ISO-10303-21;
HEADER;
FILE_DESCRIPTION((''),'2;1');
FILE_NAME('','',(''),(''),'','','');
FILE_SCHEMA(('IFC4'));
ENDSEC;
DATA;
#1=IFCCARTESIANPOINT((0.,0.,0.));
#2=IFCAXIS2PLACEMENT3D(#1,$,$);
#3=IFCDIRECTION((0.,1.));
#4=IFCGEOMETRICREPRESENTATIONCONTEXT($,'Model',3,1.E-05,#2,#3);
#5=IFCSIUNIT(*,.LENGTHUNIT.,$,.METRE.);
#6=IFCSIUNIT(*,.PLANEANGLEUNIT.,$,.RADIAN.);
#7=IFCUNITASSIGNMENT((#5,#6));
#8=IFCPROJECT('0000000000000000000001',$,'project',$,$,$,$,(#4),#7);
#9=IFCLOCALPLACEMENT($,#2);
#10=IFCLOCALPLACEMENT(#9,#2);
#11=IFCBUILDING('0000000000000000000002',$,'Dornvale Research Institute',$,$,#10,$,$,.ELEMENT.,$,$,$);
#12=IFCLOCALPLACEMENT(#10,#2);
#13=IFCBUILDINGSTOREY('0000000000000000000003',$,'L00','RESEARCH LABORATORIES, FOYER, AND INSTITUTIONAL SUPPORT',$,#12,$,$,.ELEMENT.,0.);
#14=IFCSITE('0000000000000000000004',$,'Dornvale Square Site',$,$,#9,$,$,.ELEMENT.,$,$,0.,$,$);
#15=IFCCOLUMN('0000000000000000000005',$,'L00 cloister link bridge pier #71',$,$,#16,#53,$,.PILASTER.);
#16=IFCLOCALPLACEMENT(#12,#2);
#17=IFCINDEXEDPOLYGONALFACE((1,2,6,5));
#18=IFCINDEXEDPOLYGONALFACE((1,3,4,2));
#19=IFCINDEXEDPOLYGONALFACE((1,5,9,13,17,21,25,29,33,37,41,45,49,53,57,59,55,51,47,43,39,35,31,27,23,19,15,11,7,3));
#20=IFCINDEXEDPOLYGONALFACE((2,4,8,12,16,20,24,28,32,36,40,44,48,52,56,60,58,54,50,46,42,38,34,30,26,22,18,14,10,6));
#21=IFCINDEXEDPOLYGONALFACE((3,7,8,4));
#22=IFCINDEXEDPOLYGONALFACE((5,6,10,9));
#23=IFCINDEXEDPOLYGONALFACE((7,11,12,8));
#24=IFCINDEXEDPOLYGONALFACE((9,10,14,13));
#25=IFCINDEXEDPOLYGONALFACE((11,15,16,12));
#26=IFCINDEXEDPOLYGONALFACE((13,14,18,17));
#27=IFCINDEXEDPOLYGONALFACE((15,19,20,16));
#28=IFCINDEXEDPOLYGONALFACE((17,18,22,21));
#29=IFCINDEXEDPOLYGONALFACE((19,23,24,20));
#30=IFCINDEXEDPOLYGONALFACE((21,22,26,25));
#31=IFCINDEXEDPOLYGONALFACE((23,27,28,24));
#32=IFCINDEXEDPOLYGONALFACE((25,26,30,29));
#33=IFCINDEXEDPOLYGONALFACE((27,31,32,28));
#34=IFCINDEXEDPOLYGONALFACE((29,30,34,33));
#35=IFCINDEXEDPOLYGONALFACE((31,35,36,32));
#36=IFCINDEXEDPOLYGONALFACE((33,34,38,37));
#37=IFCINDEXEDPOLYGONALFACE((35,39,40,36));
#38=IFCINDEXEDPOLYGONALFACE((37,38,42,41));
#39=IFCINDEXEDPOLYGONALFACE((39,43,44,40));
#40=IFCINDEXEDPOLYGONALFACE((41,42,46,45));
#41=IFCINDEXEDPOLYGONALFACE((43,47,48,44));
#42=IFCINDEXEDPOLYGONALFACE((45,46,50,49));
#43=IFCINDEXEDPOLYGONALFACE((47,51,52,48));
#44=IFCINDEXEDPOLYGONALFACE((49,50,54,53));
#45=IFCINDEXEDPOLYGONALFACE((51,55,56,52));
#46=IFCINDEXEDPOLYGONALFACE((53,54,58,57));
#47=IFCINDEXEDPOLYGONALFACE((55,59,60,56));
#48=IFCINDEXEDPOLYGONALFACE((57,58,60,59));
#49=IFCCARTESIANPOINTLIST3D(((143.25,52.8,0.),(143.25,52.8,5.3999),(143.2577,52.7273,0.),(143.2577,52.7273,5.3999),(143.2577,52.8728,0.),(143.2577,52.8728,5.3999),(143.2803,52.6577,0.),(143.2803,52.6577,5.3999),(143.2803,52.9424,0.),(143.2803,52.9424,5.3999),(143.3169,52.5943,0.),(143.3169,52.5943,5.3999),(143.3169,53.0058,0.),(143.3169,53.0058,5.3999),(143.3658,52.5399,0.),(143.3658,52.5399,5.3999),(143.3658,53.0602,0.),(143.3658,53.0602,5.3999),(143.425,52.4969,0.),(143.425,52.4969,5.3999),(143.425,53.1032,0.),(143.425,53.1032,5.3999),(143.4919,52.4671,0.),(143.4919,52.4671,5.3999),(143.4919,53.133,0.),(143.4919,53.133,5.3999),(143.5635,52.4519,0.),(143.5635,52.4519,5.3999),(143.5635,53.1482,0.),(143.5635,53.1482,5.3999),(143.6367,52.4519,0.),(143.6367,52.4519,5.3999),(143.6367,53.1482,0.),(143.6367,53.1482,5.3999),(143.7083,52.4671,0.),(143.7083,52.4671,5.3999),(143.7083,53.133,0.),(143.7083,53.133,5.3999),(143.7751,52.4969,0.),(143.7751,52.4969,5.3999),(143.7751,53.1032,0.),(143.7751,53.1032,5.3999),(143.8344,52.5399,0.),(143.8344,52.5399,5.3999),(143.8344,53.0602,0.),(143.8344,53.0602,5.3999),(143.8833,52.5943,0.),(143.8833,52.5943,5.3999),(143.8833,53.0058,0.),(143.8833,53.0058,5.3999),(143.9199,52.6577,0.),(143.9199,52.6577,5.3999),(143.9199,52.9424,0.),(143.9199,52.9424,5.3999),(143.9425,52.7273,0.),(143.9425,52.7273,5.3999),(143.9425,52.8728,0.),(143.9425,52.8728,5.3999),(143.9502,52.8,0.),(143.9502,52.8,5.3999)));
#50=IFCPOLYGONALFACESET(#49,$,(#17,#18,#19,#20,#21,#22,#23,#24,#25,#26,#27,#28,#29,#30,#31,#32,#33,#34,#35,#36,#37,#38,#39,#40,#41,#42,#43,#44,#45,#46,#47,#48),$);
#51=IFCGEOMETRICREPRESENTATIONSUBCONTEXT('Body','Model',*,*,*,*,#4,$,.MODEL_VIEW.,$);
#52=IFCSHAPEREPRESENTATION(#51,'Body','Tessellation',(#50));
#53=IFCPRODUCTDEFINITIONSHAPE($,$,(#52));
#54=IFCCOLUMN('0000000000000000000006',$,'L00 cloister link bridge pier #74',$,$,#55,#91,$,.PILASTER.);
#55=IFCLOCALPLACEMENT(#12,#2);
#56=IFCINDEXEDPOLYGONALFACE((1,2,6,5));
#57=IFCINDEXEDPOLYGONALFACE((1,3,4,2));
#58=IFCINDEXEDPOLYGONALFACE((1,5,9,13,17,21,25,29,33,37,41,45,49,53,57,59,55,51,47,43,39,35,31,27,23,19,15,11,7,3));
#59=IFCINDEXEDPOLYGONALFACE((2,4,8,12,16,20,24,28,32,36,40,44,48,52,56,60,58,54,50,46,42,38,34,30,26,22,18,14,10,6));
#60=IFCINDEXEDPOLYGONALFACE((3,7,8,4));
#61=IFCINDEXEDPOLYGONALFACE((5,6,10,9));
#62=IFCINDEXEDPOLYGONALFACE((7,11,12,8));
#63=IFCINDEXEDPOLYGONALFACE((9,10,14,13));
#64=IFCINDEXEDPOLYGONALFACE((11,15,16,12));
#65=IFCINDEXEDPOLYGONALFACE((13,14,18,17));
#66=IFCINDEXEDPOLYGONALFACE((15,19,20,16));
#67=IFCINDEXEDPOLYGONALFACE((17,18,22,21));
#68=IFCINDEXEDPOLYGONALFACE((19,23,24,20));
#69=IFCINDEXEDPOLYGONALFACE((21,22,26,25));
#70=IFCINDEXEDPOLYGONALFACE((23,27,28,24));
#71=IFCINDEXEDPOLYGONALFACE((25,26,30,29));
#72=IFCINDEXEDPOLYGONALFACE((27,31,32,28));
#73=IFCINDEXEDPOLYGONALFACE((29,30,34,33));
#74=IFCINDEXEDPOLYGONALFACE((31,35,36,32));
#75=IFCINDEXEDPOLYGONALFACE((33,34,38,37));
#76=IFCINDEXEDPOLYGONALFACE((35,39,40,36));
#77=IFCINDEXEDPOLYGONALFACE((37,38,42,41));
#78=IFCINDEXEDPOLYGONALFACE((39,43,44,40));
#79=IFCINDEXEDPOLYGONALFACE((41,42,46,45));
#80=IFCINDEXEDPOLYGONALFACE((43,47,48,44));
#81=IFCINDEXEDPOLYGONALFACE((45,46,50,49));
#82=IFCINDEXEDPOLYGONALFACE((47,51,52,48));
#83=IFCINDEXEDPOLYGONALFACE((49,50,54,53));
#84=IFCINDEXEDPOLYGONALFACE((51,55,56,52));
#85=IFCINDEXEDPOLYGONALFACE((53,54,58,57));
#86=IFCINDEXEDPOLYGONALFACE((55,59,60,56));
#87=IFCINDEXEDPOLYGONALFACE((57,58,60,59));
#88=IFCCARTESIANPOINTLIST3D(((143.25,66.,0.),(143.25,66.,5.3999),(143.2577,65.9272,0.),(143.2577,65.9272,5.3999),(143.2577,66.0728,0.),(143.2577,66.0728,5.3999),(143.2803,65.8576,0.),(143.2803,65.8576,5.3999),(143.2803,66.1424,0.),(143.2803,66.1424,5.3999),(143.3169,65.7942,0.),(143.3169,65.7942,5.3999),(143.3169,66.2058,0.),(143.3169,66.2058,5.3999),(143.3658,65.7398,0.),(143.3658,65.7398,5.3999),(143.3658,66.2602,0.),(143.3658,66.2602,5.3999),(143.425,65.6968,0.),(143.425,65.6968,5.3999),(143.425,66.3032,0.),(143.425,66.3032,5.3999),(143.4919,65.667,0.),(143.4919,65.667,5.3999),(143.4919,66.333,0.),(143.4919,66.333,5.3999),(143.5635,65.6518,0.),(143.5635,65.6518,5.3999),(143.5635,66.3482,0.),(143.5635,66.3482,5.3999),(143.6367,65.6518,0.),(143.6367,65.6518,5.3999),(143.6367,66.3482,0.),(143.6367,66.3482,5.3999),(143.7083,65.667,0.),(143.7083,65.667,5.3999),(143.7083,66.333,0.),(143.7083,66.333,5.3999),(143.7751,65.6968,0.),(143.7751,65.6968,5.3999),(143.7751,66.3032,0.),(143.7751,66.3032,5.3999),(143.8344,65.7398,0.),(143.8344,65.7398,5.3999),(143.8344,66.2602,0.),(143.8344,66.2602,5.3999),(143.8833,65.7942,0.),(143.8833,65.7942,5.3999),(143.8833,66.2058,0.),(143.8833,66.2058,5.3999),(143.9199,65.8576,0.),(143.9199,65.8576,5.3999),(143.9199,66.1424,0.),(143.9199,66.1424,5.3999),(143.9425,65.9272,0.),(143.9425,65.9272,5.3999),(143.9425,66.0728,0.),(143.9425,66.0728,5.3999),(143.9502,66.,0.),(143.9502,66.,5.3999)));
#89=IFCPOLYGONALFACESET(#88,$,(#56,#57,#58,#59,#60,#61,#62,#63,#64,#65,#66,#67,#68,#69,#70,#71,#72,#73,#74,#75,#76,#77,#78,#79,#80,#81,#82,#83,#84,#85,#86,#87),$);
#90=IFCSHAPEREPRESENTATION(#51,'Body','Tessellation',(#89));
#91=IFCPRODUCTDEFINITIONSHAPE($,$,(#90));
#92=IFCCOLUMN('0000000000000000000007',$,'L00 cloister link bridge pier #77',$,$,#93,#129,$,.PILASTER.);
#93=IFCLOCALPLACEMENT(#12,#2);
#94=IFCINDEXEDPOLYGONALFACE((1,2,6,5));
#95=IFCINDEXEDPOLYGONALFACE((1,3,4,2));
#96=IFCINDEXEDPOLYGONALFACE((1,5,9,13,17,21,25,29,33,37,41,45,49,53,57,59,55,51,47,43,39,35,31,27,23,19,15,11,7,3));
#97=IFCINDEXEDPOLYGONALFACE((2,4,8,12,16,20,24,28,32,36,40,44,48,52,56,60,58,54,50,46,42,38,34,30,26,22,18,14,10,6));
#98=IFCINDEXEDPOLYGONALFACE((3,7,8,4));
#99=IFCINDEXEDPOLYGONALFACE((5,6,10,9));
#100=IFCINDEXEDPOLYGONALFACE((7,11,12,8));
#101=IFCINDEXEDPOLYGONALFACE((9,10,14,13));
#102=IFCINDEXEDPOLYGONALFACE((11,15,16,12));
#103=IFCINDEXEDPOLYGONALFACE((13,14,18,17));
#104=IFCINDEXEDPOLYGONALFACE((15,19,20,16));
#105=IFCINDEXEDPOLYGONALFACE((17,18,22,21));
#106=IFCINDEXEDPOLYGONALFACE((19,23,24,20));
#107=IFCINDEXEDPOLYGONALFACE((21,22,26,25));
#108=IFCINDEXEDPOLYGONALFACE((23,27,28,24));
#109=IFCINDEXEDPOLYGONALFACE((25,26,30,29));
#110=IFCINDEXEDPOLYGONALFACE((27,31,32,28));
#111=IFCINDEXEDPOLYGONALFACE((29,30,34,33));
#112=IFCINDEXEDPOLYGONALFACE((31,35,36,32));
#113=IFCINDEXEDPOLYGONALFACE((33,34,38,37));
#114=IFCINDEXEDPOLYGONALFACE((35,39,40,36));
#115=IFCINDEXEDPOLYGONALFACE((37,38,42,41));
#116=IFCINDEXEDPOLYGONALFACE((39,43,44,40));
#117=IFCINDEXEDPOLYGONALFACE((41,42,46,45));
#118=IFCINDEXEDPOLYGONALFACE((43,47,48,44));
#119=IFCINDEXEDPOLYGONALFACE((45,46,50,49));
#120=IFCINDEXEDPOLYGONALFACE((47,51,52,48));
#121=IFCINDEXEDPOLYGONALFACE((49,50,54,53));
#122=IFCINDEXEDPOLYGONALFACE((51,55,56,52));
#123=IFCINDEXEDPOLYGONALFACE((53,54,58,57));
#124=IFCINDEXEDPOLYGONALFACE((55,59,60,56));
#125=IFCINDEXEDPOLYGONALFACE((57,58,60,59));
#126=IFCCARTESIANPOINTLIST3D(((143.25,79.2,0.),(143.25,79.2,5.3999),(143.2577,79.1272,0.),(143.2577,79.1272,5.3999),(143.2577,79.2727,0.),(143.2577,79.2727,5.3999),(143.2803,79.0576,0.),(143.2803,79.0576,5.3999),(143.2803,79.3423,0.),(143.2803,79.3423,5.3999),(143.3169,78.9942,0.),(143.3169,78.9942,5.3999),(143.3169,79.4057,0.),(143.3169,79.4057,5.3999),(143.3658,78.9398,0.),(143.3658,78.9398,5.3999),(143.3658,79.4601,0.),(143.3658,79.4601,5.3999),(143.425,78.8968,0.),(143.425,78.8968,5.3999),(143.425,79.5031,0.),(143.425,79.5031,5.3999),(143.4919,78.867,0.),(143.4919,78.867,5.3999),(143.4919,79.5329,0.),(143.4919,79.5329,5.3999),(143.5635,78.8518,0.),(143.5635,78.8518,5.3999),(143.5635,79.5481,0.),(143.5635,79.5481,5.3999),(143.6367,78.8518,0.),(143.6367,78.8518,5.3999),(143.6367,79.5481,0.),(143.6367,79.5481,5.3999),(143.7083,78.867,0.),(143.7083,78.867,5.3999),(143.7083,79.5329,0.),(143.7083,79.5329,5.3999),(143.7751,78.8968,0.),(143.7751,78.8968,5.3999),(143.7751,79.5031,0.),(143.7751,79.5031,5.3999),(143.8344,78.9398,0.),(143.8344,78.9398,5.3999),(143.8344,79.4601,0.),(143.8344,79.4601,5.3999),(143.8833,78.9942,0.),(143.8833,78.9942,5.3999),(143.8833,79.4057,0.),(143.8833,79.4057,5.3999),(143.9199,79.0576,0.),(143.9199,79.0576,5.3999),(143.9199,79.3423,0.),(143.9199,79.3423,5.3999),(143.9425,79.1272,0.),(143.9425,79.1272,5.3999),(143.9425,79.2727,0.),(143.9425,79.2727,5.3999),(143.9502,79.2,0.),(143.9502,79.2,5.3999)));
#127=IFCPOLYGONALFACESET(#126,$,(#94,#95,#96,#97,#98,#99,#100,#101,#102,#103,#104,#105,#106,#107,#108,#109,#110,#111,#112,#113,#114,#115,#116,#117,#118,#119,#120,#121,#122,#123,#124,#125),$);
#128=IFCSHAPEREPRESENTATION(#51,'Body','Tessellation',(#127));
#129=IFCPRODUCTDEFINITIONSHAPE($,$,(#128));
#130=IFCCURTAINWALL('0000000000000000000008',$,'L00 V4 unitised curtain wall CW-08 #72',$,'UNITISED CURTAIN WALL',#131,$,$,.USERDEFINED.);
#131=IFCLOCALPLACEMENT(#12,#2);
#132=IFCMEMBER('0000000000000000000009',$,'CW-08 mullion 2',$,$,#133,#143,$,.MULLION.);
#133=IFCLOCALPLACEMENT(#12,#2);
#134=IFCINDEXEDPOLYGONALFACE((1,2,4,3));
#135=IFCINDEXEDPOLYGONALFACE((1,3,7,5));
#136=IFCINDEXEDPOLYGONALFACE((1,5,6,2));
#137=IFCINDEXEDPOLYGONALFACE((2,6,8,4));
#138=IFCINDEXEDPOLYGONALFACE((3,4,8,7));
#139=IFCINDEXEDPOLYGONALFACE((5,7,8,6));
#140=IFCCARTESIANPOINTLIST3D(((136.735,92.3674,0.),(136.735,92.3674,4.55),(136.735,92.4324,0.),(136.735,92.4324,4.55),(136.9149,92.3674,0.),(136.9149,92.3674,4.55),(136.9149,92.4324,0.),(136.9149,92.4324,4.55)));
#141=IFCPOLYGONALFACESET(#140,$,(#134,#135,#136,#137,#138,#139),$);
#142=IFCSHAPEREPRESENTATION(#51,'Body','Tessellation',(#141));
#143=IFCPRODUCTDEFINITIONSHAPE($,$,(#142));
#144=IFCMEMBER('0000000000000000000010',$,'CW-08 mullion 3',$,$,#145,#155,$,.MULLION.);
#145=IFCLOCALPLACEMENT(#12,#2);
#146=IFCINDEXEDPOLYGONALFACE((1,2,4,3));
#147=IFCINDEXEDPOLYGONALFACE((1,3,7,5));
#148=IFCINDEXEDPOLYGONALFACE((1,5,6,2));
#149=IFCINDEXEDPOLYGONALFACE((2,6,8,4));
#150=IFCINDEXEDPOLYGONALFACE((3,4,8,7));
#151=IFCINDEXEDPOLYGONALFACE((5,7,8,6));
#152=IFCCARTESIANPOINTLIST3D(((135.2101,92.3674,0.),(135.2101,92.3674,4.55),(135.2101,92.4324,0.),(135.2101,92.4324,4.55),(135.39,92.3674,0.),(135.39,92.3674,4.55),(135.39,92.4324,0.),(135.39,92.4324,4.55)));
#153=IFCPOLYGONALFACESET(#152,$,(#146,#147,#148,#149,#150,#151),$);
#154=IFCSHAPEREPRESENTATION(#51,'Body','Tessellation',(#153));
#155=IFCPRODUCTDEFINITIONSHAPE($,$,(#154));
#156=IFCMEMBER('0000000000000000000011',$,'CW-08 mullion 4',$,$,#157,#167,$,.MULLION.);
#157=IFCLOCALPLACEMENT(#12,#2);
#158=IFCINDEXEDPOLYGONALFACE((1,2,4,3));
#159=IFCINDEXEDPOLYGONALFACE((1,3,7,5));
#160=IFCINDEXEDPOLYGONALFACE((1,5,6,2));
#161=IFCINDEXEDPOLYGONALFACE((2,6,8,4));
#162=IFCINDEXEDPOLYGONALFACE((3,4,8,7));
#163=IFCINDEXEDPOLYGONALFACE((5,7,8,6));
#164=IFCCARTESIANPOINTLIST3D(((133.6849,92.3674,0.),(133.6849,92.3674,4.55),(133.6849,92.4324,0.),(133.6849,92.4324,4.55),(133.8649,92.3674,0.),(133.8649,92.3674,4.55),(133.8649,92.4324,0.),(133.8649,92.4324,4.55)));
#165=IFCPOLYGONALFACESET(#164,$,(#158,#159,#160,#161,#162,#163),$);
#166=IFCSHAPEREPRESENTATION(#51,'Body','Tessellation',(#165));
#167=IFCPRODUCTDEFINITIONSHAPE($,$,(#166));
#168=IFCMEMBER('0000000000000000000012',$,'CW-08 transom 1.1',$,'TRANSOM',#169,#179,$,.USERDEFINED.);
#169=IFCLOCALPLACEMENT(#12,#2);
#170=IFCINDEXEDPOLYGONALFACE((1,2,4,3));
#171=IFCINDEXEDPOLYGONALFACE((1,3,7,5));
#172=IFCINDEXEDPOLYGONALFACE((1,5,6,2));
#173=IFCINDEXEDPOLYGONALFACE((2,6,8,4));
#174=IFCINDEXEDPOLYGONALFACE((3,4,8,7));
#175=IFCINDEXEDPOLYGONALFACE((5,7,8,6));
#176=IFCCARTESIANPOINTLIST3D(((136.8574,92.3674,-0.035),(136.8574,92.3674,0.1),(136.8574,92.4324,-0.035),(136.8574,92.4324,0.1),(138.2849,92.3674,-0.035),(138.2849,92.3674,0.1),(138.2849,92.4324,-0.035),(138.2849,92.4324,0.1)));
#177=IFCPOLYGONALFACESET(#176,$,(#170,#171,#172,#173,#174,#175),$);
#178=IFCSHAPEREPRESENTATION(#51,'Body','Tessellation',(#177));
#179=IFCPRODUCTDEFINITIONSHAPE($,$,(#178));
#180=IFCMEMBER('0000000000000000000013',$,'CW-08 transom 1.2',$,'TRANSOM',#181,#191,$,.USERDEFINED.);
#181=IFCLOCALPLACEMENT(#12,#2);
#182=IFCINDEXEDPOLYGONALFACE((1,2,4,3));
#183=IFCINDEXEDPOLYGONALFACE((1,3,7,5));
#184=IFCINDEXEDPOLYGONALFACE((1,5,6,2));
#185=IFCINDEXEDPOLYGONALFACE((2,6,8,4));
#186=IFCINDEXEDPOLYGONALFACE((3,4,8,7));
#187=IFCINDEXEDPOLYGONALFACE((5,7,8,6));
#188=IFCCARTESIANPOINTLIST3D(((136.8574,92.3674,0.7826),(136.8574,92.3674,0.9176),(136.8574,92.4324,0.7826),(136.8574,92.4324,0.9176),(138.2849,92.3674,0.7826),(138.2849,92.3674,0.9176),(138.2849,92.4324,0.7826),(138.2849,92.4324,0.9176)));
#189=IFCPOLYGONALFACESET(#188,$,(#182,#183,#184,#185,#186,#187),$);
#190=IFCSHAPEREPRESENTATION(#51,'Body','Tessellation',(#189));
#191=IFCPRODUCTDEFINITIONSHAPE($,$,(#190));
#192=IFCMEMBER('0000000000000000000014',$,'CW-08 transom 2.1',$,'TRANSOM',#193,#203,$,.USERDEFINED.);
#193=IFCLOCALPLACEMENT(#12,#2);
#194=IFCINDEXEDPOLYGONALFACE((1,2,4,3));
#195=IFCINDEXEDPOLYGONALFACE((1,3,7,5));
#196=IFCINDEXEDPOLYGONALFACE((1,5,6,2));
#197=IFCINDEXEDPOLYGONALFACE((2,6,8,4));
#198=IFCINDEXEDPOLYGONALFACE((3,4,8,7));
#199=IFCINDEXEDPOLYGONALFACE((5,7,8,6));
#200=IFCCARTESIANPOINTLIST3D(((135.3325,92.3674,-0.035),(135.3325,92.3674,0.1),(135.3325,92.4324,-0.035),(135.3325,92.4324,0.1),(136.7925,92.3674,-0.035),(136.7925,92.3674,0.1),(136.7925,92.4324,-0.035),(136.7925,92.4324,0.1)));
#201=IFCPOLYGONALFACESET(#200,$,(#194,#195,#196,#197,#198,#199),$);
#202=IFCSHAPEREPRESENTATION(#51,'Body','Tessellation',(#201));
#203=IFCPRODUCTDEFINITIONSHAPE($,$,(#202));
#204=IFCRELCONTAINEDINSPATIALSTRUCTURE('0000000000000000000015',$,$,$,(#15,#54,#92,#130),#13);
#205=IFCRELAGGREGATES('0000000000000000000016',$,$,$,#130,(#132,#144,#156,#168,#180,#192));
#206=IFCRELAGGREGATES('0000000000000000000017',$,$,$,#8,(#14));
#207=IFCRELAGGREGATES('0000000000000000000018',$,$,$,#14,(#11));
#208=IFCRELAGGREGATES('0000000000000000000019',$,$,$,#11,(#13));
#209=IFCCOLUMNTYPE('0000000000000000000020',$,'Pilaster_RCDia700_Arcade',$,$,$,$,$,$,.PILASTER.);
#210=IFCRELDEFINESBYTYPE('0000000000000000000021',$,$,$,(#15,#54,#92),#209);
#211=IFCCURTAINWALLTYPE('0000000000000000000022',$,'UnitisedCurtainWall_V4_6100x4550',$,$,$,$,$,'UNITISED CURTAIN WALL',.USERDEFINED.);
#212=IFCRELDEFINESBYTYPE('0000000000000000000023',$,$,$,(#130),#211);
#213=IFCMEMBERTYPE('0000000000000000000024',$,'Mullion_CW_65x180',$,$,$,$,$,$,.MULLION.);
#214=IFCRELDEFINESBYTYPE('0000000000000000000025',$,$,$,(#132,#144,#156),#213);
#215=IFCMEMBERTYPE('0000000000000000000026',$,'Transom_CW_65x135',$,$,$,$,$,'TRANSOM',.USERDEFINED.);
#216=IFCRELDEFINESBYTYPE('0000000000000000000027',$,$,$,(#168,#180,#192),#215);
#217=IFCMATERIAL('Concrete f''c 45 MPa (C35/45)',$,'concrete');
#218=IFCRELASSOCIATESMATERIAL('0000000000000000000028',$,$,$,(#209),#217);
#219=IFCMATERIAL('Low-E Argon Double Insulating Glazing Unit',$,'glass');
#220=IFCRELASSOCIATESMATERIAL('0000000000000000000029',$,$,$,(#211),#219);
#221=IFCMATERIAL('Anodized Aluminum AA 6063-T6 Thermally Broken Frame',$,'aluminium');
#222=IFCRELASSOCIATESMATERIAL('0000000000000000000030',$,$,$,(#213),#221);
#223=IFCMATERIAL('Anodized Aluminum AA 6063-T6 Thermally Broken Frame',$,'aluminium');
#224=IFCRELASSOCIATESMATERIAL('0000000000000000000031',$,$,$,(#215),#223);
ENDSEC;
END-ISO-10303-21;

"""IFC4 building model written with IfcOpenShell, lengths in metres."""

from ifc_helpers import new_model, si_unit, direction, frame, origin, origin_2d, place, context, subcontext, project, spatial, rectangle, circle, extrude, material, material_profile, profile_set, type_object, element, aggregate, save


model = new_model("IFC4")

# Units and contexts
model_context = context("Model", 3, precision=1e-05, world=origin(), true_north=direction((0.0, 1.0)))
body_context = subcontext(model_context, "Body", "Model", "MODEL_VIEW")
ifc_project = project(units=[si_unit("LENGTHUNIT", "METRE"), si_unit("PLANEANGLEUNIT", "RADIAN")], contexts=[model_context])

# Site, building, storey
site_placement = place(None, origin())
site = spatial("IfcSite", under=ifc_project, at=site_placement, Name="Dornvale Square Site", CompositionType="ELEMENT", RefElevation=0.0)
building_placement = place(site_placement, origin())
building = spatial("IfcBuilding", under=site, at=building_placement, Name="Dornvale Research Institute", CompositionType="ELEMENT")
storey_placement = place(building_placement, origin())
storey = spatial("IfcBuildingStorey", under=building, at=storey_placement, Name="L00", Description="RESEARCH LABORATORIES, FOYER, AND INSTITUTIONAL SUPPORT", CompositionType="ELEMENT", Elevation=0.0)

# Columns
ifc_material_1 = material(Name="Concrete f'c 45 MPa (C35/45)", Category="concrete")
ifc_material_profile_1 = material_profile(ifc_material_1, circle(Radius=0.3501, at=origin_2d()), Name="RC DIA 700")
ifc_profile_set_1 = profile_set([ifc_material_profile_1], Name="Concrete f'c 45 MPa (C35/45)")
column_type = type_object("IfcColumnType", Name="Pilaster_RCDia700_Arcade", PredefinedType="PILASTER", material=ifc_profile_set_1)
for number, where, z_axis, x_axis, name in (
    (1, (143.6001, 52.8, 0.0), (0.0, 0.0, 1.0), (1.0, 0.0, 0.0), "L00 cloister link bridge pier #71"),
    (2, (143.6001, 66.0, 0.0), (0.0, 0.0, 1.0), (1.0, 0.0, 0.0), "L00 cloister link bridge pier #74"),
    (3, (143.6001, 79.2, 0.0), (0.0, 0.0, 1.0), (1.0, 0.0, 0.0), "L00 cloister link bridge pier #77"),
):
    element("IfcColumn", number, at=place(storey_placement, frame(where, z_axis=z_axis, x_axis=x_axis)), inside=storey, type_object=column_type, Name=name, PredefinedType="PILASTER", context=body_context, shape_type="SweptSolid", body=[
        extrude(circle(Radius=0.3501, at=origin_2d()), origin(), (0.0, 0.0, 1.0), 5.3999),
    ])

# Curtain wall, members
ifc_material_2 = material(Name="Low-E Argon Double Insulating Glazing Unit", Category="glass")
curtain_wall_type = type_object("IfcCurtainWallType", Name="UnitisedCurtainWall_V4_6100x4550", ElementType="UNITISED CURTAIN WALL", PredefinedType="USERDEFINED", material=ifc_material_2)
curtain_wall_placement = place(storey_placement, origin())
curtain_wall = element("IfcCurtainWall", 4, at=curtain_wall_placement, inside=storey, type_object=curtain_wall_type, Name="L00 V4 unitised curtain wall CW-08 #72", ObjectType="UNITISED CURTAIN WALL", PredefinedType="USERDEFINED")
ifc_material_3 = material(Name="Anodized Aluminum AA 6063-T6 Thermally Broken Frame", Category="aluminium")
ifc_material_profile_2 = material_profile(ifc_material_3, rectangle(XDim=0.0649, YDim=0.1799, at=origin_2d()), Name="ALU MULLION 65x180")
ifc_profile_set_2 = profile_set([ifc_material_profile_2], Name="Anodized Aluminum AA 6063-T6 Thermally Broken Frame")
member_type_1 = type_object("IfcMemberType", Name="Mullion_CW_65x180", PredefinedType="MULLION", material=ifc_profile_set_2)
member_1_placement = place(storey_placement, frame((136.825, 92.3999, 0.0), z_axis=(0.0, 0.0, 1.0), x_axis=(0.0, -1.0, 0.0)))
member_1 = element("IfcMember", 5, at=member_1_placement, type_object=member_type_1, Name="CW-08 mullion 2", PredefinedType="MULLION", context=body_context, shape_type="SweptSolid", body=[
    extrude(rectangle(XDim=0.0649, YDim=0.1799, at=origin_2d()), origin(), (0.0, 0.0, 1.0), 4.55),
])
member_2_placement = place(storey_placement, frame((135.3, 92.3999, 0.0), z_axis=(0.0, 0.0, 1.0), x_axis=(0.0, -1.0, 0.0)))
member_2 = element("IfcMember", 6, at=member_2_placement, type_object=member_type_1, Name="CW-08 mullion 3", PredefinedType="MULLION", context=body_context, shape_type="SweptSolid", body=[
    extrude(rectangle(XDim=0.0649, YDim=0.1799, at=origin_2d()), origin(), (0.0, 0.0, 1.0), 4.55),
])
member_3_placement = place(storey_placement, frame((133.7749, 92.3999, 0.0), z_axis=(0.0, 0.0, 1.0), x_axis=(0.0, -1.0, 0.0)))
member_3 = element("IfcMember", 7, at=member_3_placement, type_object=member_type_1, Name="CW-08 mullion 4", PredefinedType="MULLION", context=body_context, shape_type="SweptSolid", body=[
    extrude(rectangle(XDim=0.0649, YDim=0.1799, at=origin_2d()), origin(), (0.0, 0.0, 1.0), 4.55),
])
ifc_material_4 = material(Name="Anodized Aluminum AA 6063-T6 Thermally Broken Frame", Category="aluminium")
ifc_material_profile_3 = material_profile(ifc_material_4, rectangle(XDim=0.0649, YDim=0.135, at=origin_2d()), Name="ALU TRANSOM 65x135")
ifc_profile_set_3 = profile_set([ifc_material_profile_3], Name="Anodized Aluminum AA 6063-T6 Thermally Broken Frame")
member_type_2 = type_object("IfcMemberType", Name="Transom_CW_65x135", ElementType="TRANSOM", PredefinedType="USERDEFINED", material=ifc_profile_set_3)
member_4_placement = place(storey_placement, frame((138.2849, 92.3999, 0.0325), z_axis=(-1.0, 0.0, 0.0), x_axis=(0.0, -1.0, 0.0)))
member_4 = element("IfcMember", 8, at=member_4_placement, type_object=member_type_2, Name="CW-08 transom 1.1", ObjectType="TRANSOM", PredefinedType="USERDEFINED", context=body_context, shape_type="SweptSolid", body=[
    extrude(rectangle(XDim=0.0649, YDim=0.135, at=origin_2d()), origin(), (0.0, 0.0, 1.0), 1.4275),
])
member_5_placement = place(storey_placement, frame((138.2849, 92.3999, 0.8501), z_axis=(-1.0, 0.0, 0.0), x_axis=(0.0, -1.0, 0.0)))
member_5 = element("IfcMember", 9, at=member_5_placement, type_object=member_type_2, Name="CW-08 transom 1.2", ObjectType="TRANSOM", PredefinedType="USERDEFINED", context=body_context, shape_type="SweptSolid", body=[
    extrude(rectangle(XDim=0.0649, YDim=0.135, at=origin_2d()), origin(), (0.0, 0.0, 1.0), 1.4275),
])
member_6_placement = place(storey_placement, frame((136.7925, 92.3999, 0.0325), z_axis=(-1.0, 0.0, 0.0), x_axis=(0.0, -1.0, 0.0)))
member_6 = element("IfcMember", 10, at=member_6_placement, type_object=member_type_2, Name="CW-08 transom 2.1", ObjectType="TRANSOM", PredefinedType="USERDEFINED", context=body_context, shape_type="SweptSolid", body=[
    extrude(rectangle(XDim=0.0649, YDim=0.135, at=origin_2d()), origin(), (0.0, 0.0, 1.0), 1.46),
])
aggregate(curtain_wall, [member_1, member_2, member_3, member_4, member_5, member_6])

save(model, "model.ifc")
